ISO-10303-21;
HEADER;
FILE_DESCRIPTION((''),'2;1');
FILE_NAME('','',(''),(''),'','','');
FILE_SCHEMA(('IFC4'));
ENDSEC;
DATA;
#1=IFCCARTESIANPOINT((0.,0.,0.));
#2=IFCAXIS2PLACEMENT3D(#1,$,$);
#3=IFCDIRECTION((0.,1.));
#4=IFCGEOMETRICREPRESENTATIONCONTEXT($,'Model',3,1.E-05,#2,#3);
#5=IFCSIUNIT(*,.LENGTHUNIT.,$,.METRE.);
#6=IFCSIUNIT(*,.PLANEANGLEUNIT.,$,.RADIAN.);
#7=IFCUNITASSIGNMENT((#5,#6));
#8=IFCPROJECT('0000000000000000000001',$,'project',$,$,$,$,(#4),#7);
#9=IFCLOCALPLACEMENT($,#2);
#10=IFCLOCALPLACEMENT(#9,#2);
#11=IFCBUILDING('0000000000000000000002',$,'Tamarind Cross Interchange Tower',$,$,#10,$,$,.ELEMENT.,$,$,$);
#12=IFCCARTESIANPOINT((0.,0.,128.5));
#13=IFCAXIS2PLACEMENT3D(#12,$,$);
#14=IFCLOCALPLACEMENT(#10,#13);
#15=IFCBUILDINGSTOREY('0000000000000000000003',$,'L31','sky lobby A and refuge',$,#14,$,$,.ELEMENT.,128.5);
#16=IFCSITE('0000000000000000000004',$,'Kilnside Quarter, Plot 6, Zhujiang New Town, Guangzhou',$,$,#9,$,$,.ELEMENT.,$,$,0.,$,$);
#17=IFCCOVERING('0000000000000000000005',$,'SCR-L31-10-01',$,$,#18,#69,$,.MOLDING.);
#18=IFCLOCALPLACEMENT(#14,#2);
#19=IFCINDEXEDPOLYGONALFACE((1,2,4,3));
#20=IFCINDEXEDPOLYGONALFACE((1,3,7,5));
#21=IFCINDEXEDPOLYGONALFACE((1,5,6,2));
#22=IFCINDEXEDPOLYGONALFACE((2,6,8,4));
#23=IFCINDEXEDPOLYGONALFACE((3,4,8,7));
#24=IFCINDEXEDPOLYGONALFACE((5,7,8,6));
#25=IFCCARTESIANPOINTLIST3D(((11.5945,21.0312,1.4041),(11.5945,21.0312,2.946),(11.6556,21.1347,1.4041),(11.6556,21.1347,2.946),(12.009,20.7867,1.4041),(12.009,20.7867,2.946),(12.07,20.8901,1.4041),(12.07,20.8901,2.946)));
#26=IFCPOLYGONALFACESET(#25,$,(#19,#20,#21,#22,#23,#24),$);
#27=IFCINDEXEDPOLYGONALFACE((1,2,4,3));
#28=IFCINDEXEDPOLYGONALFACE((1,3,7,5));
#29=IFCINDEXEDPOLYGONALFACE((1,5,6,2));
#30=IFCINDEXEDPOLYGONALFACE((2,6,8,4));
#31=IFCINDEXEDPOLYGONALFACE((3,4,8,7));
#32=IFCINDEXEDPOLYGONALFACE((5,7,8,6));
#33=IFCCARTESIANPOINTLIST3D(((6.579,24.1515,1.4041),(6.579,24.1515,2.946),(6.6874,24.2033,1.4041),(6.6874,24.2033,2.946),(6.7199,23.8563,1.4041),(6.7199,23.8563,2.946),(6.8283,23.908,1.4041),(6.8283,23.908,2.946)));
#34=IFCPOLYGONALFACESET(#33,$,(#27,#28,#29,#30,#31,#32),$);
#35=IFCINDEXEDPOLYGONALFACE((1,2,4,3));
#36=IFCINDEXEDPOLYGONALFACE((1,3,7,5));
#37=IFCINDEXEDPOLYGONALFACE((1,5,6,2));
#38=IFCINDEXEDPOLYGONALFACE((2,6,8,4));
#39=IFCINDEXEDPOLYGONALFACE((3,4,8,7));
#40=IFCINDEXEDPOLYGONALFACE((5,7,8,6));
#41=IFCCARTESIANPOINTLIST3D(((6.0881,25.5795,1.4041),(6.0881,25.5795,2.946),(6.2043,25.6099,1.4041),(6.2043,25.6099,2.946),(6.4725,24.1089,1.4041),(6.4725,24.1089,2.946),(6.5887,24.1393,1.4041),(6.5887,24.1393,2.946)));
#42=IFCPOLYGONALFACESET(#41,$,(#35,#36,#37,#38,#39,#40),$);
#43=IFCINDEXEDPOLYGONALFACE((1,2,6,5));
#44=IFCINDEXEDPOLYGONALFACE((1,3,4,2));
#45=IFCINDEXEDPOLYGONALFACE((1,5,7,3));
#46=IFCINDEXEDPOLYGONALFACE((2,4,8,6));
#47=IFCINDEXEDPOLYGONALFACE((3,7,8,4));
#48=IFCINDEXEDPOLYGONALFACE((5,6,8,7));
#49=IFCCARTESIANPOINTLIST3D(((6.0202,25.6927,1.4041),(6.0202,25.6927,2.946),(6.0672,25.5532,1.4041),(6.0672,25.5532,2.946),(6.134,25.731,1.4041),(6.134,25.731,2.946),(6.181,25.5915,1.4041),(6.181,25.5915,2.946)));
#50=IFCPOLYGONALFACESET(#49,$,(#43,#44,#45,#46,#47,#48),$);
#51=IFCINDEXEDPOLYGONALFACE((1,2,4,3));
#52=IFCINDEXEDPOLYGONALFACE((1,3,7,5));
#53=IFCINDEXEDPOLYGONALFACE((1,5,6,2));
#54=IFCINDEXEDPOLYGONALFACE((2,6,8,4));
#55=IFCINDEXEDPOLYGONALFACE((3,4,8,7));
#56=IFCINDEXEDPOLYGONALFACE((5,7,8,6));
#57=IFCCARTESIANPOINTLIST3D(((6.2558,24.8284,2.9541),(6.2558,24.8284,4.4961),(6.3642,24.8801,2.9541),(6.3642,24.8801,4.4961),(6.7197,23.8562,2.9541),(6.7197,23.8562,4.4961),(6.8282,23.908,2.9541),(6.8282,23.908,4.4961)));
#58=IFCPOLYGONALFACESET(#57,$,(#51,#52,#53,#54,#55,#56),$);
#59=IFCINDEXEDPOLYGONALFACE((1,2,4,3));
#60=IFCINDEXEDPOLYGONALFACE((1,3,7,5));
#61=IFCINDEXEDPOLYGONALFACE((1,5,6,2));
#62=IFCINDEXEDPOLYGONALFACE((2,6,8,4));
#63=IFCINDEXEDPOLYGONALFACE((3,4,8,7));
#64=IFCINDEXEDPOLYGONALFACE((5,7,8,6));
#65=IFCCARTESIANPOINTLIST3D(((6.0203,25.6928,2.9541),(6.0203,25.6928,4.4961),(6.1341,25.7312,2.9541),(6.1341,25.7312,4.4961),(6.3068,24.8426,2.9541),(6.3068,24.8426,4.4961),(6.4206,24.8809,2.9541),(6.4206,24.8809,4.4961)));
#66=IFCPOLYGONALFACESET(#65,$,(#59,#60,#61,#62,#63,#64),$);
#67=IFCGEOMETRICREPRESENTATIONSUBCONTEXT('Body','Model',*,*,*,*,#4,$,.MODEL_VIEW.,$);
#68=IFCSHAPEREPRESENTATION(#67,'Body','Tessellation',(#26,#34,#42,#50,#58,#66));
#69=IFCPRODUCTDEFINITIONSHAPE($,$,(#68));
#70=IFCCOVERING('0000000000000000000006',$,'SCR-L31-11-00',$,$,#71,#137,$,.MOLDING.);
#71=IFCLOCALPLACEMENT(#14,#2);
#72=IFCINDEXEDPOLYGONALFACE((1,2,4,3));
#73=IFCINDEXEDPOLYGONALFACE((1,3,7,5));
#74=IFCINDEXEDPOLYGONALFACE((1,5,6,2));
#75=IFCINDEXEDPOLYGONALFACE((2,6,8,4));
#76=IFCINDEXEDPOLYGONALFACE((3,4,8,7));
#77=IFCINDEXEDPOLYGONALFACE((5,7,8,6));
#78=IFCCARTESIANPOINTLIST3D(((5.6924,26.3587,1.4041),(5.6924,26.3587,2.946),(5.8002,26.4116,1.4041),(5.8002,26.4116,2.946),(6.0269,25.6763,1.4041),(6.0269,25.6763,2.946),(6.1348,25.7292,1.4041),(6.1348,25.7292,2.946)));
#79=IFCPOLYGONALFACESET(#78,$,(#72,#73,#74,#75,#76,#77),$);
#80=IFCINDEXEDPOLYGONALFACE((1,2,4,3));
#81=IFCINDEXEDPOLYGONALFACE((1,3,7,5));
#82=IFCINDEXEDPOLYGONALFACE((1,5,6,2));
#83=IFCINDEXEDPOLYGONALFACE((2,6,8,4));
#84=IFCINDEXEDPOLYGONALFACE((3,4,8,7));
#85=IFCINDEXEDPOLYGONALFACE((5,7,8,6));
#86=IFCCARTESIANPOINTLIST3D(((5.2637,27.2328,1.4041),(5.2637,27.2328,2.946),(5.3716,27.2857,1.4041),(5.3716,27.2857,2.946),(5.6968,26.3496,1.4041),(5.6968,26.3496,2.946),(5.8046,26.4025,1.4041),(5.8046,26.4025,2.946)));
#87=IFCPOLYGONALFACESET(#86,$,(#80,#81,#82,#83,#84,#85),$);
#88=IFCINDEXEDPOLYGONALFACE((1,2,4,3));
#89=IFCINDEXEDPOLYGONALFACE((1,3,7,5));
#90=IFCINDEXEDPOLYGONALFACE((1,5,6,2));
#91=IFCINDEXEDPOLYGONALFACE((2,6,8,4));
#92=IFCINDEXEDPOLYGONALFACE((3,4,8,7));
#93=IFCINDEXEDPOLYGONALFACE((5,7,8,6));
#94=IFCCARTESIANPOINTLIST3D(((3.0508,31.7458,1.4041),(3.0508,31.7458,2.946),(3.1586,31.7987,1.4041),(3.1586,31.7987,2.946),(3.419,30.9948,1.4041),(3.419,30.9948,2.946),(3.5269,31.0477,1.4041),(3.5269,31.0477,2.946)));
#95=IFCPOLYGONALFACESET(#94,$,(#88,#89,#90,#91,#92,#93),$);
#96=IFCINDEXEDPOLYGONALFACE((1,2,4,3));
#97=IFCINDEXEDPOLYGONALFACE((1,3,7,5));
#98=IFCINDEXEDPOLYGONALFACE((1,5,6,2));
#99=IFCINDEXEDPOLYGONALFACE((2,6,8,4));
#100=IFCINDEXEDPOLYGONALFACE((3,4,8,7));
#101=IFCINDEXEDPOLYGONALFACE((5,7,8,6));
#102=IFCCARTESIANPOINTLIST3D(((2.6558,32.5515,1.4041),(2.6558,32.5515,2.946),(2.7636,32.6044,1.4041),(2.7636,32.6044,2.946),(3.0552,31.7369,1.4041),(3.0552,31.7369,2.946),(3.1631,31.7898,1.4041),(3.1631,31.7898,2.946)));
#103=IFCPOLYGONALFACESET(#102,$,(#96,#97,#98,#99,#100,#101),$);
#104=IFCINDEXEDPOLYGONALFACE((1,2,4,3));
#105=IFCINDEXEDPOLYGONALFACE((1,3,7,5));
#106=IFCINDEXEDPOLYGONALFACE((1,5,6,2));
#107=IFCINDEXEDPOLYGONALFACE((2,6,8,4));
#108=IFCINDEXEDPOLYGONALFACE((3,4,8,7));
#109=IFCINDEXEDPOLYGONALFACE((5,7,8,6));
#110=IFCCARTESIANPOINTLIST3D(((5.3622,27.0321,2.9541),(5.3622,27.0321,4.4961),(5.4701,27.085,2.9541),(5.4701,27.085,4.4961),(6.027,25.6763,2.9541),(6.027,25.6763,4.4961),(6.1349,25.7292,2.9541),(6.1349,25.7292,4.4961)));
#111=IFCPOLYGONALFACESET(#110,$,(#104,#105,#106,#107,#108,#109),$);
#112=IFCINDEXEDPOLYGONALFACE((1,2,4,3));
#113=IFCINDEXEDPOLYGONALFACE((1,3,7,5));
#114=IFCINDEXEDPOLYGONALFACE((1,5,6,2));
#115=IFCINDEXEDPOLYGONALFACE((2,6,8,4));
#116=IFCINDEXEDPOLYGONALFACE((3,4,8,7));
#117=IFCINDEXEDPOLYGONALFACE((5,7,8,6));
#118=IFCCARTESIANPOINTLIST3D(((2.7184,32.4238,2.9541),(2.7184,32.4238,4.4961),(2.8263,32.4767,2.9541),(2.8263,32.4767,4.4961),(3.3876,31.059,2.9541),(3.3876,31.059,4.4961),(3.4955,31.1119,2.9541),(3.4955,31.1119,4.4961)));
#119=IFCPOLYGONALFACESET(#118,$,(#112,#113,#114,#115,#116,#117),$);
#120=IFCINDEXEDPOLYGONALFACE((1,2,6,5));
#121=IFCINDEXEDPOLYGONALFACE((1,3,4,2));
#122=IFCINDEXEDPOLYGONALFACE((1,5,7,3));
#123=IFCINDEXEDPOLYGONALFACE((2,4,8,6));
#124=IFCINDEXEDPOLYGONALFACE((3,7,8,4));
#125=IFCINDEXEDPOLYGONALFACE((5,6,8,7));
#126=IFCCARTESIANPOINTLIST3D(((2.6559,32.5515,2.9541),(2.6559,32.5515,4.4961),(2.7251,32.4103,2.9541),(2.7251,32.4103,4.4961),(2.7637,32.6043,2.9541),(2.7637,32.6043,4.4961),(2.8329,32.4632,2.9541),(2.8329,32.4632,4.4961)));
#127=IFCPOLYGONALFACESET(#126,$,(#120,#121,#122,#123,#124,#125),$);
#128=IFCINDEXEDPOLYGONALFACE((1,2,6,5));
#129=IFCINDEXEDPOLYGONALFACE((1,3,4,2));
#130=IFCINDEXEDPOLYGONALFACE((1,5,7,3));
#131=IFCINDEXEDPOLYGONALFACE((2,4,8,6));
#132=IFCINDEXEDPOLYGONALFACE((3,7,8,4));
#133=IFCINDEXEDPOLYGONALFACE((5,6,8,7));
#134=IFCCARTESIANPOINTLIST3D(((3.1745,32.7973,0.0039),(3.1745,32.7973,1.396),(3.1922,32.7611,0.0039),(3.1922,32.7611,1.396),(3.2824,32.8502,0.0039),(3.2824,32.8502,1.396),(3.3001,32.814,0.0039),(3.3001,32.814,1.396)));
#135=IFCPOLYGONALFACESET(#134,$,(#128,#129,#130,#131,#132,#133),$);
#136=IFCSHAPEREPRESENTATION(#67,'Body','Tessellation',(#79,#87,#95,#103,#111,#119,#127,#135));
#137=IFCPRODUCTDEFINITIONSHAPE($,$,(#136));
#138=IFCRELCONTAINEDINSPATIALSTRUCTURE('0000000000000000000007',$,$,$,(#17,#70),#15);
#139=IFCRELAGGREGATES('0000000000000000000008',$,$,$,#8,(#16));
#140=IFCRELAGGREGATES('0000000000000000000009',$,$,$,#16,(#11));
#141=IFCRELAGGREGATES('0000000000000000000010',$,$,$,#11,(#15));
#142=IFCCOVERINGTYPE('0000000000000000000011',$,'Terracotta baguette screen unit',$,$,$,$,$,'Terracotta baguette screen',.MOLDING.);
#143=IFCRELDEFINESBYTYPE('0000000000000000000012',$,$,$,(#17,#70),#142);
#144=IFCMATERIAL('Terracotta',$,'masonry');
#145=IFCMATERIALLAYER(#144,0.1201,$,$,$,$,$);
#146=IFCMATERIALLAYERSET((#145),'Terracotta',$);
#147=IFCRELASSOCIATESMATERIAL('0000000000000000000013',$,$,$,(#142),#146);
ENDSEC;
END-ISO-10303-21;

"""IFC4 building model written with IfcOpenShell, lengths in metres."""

from ifc_helpers import new_model, si_unit, direction, frame, origin, origin_2d, place, context, subcontext, project, spatial, rectangle, extrude, material, layer, layer_set, type_object, element, save


model = new_model("IFC4")

# Units and contexts
model_context = context("Model", 3, precision=1e-05, world=origin(), true_north=direction((0.0, 1.0)))
body_context = subcontext(model_context, "Body", "Model", "MODEL_VIEW")
ifc_project = project(units=[si_unit("LENGTHUNIT", "METRE"), si_unit("PLANEANGLEUNIT", "RADIAN")], contexts=[model_context])

# Site, building, storey
site_placement = place(None, origin())
site = spatial("IfcSite", under=ifc_project, at=site_placement, Name="Kilnside Quarter, Plot 6, Zhujiang New Town, Guangzhou", CompositionType="ELEMENT", RefElevation=0.0)
building_placement = place(site_placement, origin())
building = spatial("IfcBuilding", under=site, at=building_placement, Name="Tamarind Cross Interchange Tower", CompositionType="ELEMENT")
storey_placement = place(building_placement, frame((0.0, 0.0, 128.5)))
storey = spatial("IfcBuildingStorey", under=building, at=storey_placement, Name="L31", Description="sky lobby A and refuge", CompositionType="ELEMENT", Elevation=128.5)

# Coverings
ifc_material_1 = material(Name="Terracotta", Category="masonry")
ifc_layer_1 = layer(ifc_material_1, 0.1201)
ifc_layer_set_1 = layer_set([ifc_layer_1], Name="Terracotta")
covering_type = type_object("IfcCoveringType", Name="Terracotta baguette screen unit", ElementType="Terracotta baguette screen", PredefinedType="MOLDING", material=ifc_layer_set_1)
covering_1_placement = place(storey_placement, origin())
element("IfcCovering", 1, at=covering_1_placement, inside=storey, type_object=covering_type, Name="SCR-L31-10-01", PredefinedType="MOLDING", context=body_context, shape_type="SweptSolid", body=[
    extrude(rectangle(XDim=0.4812, YDim=0.1201, at=origin_2d()), frame((11.8323, 20.9607, 1.4041), z_axis=(0.0, 0.0, 1.0), x_axis=(-0.861249, 0.508183, 0.0)), (0.0, 0.0, 1.0), 1.542),
    extrude(rectangle(XDim=0.3271, YDim=0.1201, at=origin_2d()), frame((6.7036, 24.0298, 1.4041), z_axis=(0.0, 0.0, 1.0), x_axis=(-0.430685, 0.902502, 0.0)), (0.0, 0.0, 1.0), 1.542),
    extrude(rectangle(XDim=1.52, YDim=0.1201, at=origin_2d()), frame((6.3384, 24.8594, 1.4041), z_axis=(0.0, 0.0, 1.0), x_axis=(-0.252868, 0.967501, 0.0)), (0.0, 0.0, 1.0), 1.542),
    extrude(rectangle(XDim=0.1472, YDim=0.1201, at=origin_2d()), frame((6.1006, 25.6421, 1.4041), z_axis=(0.0, 0.0, 1.0), x_axis=(-0.31929, 0.947657, 0.0)), (0.0, 0.0, 1.0), 1.542),
    extrude(rectangle(XDim=1.0771, YDim=0.1201, at=origin_2d()), frame((6.542, 24.3682, 2.9541), z_axis=(0.0, 0.0, 1.0), x_axis=(-0.430685, 0.902502, 0.0)), (0.0, 0.0, 1.0), 1.542),
    extrude(rectangle(XDim=0.8972, YDim=0.1201, at=origin_2d()), frame((6.2205, 25.2869, 2.9541), z_axis=(0.0, 0.0, 1.0), x_axis=(-0.31929, 0.947657, 0.0)), (0.0, 0.0, 1.0), 1.542),
])
covering_2_placement = place(storey_placement, origin())
element("IfcCovering", 2, at=covering_2_placement, inside=storey, type_object=covering_type, Name="SCR-L31-11-00", PredefinedType="MOLDING", context=body_context, shape_type="SweptSolid", body=[
    extrude(rectangle(XDim=0.76, YDim=0.1201, at=origin_2d()), frame((5.9136, 26.0439, 1.4041), z_axis=(0.0, 0.0, 1.0), x_axis=(-0.440253, 0.897874, 0.0)), (0.0, 0.0, 1.0), 1.542),
    extrude(rectangle(XDim=0.9836, YDim=0.1201, at=origin_2d()), frame((5.5342, 26.8176, 1.4041), z_axis=(0.0, 0.0, 1.0), x_axis=(-0.440253, 0.897874, 0.0)), (0.0, 0.0, 1.0), 1.542),
    extrude(rectangle(XDim=0.8364, YDim=0.1201, at=origin_2d()), frame((3.2888, 31.3967, 1.4041), z_axis=(0.0, 0.0, 1.0), x_axis=(-0.440253, 0.897874, 0.0)), (0.0, 0.0, 1.0), 1.542),
    extrude(rectangle(XDim=0.9072, YDim=0.1201, at=origin_2d()), frame((2.9094, 32.1707, 1.4041), z_axis=(0.0, 0.0, 1.0), x_axis=(-0.440253, 0.897874, 0.0)), (0.0, 0.0, 1.0), 1.542),
    extrude(rectangle(XDim=1.51, YDim=0.1201, at=origin_2d()), frame((5.7485, 26.3806, 2.9541), z_axis=(0.0, 0.0, 1.0), x_axis=(-0.440253, 0.897874, 0.0)), (0.0, 0.0, 1.0), 1.542),
    extrude(rectangle(XDim=1.52, YDim=0.1201, at=origin_2d()), frame((3.1069, 31.7678, 2.9541), z_axis=(0.0, 0.0, 1.0), x_axis=(-0.440253, 0.897874, 0.0)), (0.0, 0.0, 1.0), 1.542),
    extrude(rectangle(XDim=0.1572, YDim=0.1201, at=origin_2d()), frame((2.7444, 32.5073, 2.9541), z_axis=(0.0, 0.0, 1.0), x_axis=(-0.440253, 0.897874, 0.0)), (0.0, 0.0, 1.0), 1.542),
    extrude(rectangle(XDim=0.0403, YDim=0.1201, at=origin_2d()), frame((3.2373, 32.8057, 0.0039), z_axis=(0.0, 0.0, 1.0), x_axis=(-0.440253, 0.897874, 0.0)), (0.0, 0.0, 1.0), 1.3921),
])

save(model, "model.ifc")
